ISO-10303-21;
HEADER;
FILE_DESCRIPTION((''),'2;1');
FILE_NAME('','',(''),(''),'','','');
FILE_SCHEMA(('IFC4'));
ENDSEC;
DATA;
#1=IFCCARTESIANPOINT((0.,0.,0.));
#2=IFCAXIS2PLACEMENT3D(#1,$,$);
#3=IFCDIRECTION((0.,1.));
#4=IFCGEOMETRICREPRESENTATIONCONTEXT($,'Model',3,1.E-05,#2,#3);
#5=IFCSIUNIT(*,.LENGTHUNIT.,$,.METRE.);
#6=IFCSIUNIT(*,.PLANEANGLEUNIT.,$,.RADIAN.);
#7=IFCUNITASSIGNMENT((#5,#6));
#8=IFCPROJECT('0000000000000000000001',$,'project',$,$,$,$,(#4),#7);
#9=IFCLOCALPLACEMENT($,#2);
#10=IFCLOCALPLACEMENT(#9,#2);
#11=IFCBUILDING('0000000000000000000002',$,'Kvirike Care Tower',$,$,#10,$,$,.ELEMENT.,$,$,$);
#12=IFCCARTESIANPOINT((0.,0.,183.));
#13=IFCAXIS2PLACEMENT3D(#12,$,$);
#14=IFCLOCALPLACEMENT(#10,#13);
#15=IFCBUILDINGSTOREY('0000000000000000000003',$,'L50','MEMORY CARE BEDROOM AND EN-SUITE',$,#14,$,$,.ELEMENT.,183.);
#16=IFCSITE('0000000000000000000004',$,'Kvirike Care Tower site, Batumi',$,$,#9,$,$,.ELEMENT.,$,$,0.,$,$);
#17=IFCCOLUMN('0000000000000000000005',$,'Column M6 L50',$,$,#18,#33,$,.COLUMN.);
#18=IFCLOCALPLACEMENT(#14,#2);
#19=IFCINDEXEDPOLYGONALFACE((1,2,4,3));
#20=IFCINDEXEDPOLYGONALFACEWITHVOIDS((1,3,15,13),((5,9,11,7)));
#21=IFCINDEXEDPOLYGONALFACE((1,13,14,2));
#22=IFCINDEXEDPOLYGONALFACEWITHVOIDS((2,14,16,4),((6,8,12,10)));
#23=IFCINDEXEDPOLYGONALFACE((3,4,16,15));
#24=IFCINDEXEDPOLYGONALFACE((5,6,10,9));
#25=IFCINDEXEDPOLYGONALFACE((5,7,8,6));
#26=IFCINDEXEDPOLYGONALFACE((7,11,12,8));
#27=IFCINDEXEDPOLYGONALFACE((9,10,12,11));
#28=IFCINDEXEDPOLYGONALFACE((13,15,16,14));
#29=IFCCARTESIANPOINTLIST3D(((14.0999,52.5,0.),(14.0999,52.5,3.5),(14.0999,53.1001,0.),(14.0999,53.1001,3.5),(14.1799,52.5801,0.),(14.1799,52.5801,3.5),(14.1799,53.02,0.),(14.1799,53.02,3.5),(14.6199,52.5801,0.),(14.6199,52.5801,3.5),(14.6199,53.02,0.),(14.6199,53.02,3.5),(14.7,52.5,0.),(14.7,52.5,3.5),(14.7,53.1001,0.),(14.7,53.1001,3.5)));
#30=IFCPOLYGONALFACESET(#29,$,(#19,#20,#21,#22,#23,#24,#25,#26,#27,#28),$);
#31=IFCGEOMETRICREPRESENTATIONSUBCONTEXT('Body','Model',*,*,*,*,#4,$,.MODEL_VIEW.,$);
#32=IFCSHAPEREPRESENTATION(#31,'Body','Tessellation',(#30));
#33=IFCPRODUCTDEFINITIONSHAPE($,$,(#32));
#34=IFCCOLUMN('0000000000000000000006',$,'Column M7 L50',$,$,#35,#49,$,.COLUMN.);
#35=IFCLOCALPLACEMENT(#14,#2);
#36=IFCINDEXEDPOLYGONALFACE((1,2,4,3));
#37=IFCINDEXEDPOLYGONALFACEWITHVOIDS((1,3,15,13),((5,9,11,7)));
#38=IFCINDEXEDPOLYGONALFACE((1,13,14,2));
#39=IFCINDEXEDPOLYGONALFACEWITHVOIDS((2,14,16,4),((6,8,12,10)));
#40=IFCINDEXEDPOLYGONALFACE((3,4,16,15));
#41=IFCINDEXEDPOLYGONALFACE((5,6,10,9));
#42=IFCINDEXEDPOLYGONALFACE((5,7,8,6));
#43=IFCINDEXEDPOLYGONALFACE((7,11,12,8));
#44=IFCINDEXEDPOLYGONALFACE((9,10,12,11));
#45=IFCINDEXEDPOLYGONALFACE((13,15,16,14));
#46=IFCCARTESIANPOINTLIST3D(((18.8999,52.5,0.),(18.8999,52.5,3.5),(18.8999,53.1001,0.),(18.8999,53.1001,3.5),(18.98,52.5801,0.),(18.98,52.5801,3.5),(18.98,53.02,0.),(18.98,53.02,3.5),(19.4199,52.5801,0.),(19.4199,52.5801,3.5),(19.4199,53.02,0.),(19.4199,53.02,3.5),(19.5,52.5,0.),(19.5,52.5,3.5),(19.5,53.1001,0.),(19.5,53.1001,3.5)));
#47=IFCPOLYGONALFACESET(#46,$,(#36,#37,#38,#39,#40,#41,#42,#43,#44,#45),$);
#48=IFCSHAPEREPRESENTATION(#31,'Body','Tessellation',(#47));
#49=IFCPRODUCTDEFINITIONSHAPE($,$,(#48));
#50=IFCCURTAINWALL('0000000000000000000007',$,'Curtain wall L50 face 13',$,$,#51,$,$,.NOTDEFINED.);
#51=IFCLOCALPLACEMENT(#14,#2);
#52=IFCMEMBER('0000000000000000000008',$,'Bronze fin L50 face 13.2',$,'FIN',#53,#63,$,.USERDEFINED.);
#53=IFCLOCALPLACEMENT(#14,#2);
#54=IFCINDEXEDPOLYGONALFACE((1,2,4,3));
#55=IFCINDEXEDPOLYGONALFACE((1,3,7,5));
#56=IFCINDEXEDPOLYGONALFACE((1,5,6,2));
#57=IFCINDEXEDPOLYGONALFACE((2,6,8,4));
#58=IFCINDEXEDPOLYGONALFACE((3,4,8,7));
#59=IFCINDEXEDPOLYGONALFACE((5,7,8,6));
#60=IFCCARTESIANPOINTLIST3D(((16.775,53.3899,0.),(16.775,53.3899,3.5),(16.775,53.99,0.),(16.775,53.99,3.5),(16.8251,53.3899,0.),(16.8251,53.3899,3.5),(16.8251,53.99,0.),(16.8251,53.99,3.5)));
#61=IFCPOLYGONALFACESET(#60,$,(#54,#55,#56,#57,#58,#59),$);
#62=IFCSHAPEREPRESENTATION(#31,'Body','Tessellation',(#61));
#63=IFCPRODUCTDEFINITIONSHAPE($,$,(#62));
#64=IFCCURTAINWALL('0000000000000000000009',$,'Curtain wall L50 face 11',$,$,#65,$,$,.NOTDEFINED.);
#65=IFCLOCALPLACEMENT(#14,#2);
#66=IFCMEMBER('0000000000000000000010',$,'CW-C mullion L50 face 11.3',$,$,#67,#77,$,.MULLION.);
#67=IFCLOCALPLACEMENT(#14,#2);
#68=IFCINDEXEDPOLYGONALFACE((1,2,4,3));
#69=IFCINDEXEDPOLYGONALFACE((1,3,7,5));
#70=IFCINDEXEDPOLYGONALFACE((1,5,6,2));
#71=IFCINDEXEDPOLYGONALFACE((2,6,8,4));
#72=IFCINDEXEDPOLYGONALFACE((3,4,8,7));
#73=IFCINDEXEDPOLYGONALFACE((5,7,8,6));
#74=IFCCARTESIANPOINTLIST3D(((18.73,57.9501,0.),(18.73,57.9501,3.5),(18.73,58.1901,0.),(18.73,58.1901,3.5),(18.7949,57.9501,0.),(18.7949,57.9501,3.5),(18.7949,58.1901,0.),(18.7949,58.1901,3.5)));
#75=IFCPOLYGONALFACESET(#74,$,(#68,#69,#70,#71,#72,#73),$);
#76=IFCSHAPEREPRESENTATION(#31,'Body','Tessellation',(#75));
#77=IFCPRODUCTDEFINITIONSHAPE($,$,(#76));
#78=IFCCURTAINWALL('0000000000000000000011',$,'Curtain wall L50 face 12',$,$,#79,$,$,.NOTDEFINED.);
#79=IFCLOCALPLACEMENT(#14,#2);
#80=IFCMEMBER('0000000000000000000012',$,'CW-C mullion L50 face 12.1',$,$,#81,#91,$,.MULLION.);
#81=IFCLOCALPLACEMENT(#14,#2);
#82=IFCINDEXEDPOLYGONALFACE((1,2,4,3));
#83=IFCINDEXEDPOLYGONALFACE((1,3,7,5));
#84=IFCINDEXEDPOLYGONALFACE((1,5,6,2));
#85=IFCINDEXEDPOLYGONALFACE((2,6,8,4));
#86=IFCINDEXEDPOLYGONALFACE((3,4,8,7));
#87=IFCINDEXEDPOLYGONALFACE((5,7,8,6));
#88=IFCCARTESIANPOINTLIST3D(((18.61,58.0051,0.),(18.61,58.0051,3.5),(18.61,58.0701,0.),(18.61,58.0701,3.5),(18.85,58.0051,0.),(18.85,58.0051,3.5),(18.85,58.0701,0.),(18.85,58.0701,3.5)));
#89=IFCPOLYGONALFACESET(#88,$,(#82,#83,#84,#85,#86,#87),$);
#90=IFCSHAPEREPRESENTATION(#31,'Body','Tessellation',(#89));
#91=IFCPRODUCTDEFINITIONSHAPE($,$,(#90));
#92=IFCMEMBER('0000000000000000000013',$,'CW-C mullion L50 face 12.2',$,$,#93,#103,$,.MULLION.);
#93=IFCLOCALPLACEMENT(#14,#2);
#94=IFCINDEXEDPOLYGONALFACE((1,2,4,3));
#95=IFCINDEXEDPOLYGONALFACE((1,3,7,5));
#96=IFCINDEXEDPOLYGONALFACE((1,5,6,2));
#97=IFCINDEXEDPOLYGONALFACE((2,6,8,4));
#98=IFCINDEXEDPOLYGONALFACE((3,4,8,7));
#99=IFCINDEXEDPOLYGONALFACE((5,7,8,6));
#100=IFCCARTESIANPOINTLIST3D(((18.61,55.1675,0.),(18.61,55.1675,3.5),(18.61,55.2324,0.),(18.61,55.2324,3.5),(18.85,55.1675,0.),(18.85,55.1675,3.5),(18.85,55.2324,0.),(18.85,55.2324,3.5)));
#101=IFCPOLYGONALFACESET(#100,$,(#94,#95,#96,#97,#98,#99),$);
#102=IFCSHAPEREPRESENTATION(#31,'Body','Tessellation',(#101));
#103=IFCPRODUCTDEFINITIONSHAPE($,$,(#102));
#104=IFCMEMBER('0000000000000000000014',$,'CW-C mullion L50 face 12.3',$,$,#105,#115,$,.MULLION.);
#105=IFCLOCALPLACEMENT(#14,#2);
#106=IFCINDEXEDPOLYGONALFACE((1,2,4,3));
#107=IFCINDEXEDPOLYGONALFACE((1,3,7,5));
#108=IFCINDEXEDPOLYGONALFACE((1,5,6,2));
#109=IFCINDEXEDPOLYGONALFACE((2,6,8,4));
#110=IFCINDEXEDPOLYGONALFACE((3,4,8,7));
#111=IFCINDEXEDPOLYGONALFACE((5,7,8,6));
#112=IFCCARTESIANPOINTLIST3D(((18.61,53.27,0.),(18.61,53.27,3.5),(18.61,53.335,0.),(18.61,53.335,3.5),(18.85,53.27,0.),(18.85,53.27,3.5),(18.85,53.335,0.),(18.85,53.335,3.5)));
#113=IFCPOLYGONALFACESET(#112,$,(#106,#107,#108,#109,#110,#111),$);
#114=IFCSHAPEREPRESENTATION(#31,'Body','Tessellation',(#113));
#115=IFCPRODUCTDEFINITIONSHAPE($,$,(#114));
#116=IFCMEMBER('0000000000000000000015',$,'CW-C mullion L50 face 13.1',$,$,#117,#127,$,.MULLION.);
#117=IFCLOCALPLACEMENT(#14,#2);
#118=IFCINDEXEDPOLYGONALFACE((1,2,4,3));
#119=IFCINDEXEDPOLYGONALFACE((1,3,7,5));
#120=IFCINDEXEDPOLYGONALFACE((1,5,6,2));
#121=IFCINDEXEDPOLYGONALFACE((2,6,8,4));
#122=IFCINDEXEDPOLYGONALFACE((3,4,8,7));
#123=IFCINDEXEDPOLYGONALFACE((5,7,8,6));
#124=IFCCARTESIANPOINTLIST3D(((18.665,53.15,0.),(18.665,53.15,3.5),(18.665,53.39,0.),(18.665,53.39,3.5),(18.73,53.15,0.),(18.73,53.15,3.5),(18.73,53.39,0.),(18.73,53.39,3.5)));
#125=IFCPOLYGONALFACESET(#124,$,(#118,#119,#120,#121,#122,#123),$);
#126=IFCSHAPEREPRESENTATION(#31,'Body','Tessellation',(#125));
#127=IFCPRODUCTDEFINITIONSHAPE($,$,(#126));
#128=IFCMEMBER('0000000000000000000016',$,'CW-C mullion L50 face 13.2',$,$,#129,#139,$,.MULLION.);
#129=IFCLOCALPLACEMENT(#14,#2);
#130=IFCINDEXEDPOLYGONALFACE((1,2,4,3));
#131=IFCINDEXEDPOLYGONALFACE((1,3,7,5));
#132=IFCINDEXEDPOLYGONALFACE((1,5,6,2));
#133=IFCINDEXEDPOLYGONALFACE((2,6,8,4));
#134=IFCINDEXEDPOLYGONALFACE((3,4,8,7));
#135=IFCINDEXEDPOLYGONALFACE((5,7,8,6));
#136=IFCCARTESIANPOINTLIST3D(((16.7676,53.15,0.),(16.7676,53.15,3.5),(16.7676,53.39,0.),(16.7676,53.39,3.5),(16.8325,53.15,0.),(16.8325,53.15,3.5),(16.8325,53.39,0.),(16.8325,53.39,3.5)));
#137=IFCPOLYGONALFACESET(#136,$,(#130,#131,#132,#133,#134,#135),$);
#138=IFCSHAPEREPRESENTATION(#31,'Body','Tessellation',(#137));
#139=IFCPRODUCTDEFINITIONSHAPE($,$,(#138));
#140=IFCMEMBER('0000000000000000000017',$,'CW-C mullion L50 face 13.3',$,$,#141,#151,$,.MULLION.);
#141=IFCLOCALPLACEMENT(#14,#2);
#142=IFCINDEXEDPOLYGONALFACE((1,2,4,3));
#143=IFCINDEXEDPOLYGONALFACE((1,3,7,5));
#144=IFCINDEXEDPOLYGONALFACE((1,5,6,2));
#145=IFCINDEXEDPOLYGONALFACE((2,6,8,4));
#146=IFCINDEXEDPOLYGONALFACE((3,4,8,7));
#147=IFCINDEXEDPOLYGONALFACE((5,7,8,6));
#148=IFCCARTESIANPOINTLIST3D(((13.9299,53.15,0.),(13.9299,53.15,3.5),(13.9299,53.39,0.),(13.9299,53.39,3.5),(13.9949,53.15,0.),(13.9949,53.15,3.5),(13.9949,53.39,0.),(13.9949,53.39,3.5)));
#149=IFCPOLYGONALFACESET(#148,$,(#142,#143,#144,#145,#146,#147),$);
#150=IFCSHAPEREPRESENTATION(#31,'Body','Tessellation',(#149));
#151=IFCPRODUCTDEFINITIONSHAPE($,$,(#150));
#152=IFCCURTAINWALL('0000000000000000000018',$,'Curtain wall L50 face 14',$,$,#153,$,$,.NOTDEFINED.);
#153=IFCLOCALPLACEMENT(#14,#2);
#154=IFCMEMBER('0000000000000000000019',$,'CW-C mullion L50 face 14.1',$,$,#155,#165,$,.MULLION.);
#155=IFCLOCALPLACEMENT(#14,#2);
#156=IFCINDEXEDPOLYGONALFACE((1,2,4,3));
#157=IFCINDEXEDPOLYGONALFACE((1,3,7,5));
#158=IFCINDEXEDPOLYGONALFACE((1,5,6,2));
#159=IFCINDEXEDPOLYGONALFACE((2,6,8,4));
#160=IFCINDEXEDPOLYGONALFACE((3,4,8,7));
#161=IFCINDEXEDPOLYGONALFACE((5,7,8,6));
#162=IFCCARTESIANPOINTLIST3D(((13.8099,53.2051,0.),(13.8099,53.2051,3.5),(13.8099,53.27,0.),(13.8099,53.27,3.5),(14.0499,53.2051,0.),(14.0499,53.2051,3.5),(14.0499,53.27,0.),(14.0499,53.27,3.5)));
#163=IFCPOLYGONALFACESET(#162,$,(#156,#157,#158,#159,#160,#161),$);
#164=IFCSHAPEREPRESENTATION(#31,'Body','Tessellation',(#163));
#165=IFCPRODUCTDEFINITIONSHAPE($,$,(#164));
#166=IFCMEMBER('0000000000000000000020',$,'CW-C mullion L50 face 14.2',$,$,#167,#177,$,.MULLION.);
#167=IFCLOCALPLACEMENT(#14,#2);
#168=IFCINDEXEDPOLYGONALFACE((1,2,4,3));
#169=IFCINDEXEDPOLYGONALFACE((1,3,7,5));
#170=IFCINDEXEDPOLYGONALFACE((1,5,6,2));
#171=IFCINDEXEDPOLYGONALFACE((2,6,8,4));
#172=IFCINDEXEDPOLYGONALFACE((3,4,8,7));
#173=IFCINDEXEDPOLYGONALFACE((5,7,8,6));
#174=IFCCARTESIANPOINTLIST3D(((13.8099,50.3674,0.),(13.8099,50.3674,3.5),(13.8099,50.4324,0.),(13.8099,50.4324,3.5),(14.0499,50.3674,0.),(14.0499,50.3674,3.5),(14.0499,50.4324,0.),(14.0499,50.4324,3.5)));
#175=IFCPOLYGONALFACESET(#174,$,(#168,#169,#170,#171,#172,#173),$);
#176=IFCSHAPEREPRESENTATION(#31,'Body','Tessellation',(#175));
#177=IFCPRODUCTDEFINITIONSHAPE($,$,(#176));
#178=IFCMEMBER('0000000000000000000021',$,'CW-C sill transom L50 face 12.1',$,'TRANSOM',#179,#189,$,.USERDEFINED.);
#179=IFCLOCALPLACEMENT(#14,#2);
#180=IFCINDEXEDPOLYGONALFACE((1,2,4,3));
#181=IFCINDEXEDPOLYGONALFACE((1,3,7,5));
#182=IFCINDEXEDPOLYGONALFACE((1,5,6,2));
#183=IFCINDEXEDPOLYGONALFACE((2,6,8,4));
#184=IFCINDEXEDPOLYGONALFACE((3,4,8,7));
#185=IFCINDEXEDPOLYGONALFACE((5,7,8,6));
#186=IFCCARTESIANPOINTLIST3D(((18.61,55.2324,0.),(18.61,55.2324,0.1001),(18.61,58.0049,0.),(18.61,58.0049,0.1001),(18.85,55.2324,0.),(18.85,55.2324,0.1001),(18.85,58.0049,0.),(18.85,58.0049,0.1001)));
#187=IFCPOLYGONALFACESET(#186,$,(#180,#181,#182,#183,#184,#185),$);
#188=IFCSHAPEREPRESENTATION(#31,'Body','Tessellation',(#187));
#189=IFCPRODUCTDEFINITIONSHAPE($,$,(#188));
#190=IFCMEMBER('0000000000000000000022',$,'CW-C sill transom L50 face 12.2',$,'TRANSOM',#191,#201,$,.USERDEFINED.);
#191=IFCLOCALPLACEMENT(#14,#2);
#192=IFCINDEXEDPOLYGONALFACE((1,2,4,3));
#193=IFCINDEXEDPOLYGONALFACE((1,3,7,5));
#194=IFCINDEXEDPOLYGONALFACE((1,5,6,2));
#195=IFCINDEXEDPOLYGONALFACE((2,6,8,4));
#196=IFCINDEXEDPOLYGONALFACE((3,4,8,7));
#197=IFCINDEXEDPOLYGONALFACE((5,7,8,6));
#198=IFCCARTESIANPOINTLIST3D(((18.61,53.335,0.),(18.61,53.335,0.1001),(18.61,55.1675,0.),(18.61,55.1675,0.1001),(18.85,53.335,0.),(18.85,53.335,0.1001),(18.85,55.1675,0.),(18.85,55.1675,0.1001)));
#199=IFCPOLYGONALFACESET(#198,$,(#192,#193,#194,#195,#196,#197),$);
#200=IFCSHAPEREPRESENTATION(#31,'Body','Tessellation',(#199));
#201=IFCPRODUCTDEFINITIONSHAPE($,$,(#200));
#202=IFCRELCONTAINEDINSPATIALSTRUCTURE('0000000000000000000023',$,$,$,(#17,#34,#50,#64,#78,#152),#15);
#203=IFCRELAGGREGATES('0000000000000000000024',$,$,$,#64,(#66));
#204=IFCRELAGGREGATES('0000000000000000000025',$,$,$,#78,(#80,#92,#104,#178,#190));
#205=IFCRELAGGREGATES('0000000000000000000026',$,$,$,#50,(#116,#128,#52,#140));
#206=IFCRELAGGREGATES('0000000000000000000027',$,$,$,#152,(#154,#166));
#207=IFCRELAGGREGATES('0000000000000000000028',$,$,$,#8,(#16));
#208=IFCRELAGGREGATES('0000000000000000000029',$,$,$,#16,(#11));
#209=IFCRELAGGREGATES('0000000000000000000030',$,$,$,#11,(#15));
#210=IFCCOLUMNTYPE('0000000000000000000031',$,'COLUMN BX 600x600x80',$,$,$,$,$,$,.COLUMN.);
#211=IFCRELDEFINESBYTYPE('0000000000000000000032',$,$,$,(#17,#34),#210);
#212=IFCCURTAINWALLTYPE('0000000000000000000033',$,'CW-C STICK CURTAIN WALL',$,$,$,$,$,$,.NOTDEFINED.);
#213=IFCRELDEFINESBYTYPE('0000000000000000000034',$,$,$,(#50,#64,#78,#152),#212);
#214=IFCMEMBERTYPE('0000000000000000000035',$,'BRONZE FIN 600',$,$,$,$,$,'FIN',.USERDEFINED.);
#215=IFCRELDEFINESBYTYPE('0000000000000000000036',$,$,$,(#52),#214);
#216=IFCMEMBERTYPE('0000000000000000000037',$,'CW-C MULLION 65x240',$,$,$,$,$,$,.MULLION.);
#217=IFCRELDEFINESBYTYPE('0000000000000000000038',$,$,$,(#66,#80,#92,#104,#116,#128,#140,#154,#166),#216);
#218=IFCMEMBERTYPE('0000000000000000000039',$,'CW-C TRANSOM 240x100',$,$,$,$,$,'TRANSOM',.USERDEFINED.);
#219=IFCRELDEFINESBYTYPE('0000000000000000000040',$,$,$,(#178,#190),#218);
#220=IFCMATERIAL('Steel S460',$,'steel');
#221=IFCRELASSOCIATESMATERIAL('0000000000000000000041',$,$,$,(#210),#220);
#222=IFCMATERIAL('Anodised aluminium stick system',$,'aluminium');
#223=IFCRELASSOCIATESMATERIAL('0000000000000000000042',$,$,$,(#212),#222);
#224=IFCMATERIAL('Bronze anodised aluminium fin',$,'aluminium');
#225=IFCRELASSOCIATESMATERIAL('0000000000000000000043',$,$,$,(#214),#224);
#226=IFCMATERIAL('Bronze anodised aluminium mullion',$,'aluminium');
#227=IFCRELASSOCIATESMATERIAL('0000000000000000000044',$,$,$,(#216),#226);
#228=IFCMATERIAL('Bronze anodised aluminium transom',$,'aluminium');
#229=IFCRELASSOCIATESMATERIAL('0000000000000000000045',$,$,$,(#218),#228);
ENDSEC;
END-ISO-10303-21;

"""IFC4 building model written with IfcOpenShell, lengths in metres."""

from ifc_helpers import new_model, si_unit, direction, frame, origin, origin_2d, place, context, subcontext, project, spatial, rectangle, hollow_rectangle, extrude, material, material_profile, profile_set, type_object, element, aggregate, save


model = new_model("IFC4")

# Units and contexts
model_context = context("Model", 3, precision=1e-05, world=origin(), true_north=direction((0.0, 1.0)))
body_context = subcontext(model_context, "Body", "Model", "MODEL_VIEW")
ifc_project = project(units=[si_unit("LENGTHUNIT", "METRE"), si_unit("PLANEANGLEUNIT", "RADIAN")], contexts=[model_context])

# Site, building, storey
site_placement = place(None, origin())
site = spatial("IfcSite", under=ifc_project, at=site_placement, Name="Kvirike Care Tower site, Batumi", CompositionType="ELEMENT", RefElevation=0.0)
building_placement = place(site_placement, origin())
building = spatial("IfcBuilding", under=site, at=building_placement, Name="Kvirike Care Tower", CompositionType="ELEMENT")
storey_placement = place(building_placement, frame((0.0, 0.0, 183.0)))
storey = spatial("IfcBuildingStorey", under=building, at=storey_placement, Name="L50", Description="MEMORY CARE BEDROOM AND EN-SUITE", CompositionType="ELEMENT", Elevation=183.0)

# Columns
ifc_material_1 = material(Name="Steel S460", Category="steel")
ifc_material_profile_1 = material_profile(ifc_material_1, hollow_rectangle(XDim=0.6001, YDim=0.6001, WallThickness=0.0801, at=origin_2d()), Name="BX 600x600x80")
ifc_profile_set_1 = profile_set([ifc_material_profile_1], Name="Steel S460")
column_type = type_object("IfcColumnType", Name="COLUMN BX 600x600x80", PredefinedType="COLUMN", material=ifc_profile_set_1)
for number, where, z_axis, x_axis, name in (
    (1, (14.3999, 52.8, 0.0), (0.0, 0.0, 1.0), (0.0, 1.0, 0.0), "Column M6 L50"),
    (2, (19.2, 52.8, 0.0), (0.0, 0.0, 1.0), (0.0, 1.0, 0.0), "Column M7 L50"),
):
    element("IfcColumn", number, at=place(storey_placement, frame(where, z_axis=z_axis, x_axis=x_axis)), inside=storey, type_object=column_type, Name=name, PredefinedType="COLUMN", context=body_context, shape_type="SweptSolid", body=[
        extrude(hollow_rectangle(XDim=0.6001, YDim=0.6001, WallThickness=0.0801, at=origin_2d()), origin(), (0.0, 0.0, 1.0), 3.5),
    ])

# Curtain walls, members
ifc_material_2 = material(Name="Anodised aluminium stick system", Category="aluminium")
curtain_wall_type = type_object("IfcCurtainWallType", Name="CW-C STICK CURTAIN WALL", PredefinedType="NOTDEFINED", material=ifc_material_2)
curtain_wall_1_placement = place(storey_placement, origin())
curtain_wall_1 = element("IfcCurtainWall", 3, at=curtain_wall_1_placement, inside=storey, type_object=curtain_wall_type, Name="Curtain wall L50 face 13", PredefinedType="NOTDEFINED")
ifc_material_3 = material(Name="Bronze anodised aluminium fin", Category="aluminium")
ifc_material_profile_2 = material_profile(ifc_material_3, rectangle(XDim=0.05, YDim=0.6001, at=origin_2d()), Name="BRONZE FIN 600")
ifc_profile_set_2 = profile_set([ifc_material_profile_2], Name="Bronze anodised aluminium fin")
member_type_1 = type_object("IfcMemberType", Name="BRONZE FIN 600", ElementType="FIN", PredefinedType="USERDEFINED", material=ifc_profile_set_2)
member_1_placement = place(storey_placement, frame((16.8, 53.6899, 0.0), z_axis=(0.0, 0.0, 1.0), x_axis=(-1.0, 0.0, 0.0)))
member_1 = element("IfcMember", 4, at=member_1_placement, type_object=member_type_1, Name="Bronze fin L50 face 13.2", ObjectType="FIN", PredefinedType="USERDEFINED", context=body_context, shape_type="SweptSolid", body=[
    extrude(rectangle(XDim=0.05, YDim=0.6001, at=origin_2d()), origin(), (0.0, 0.0, 1.0), 3.5),
])
curtain_wall_2_placement = place(storey_placement, origin())
curtain_wall_2 = element("IfcCurtainWall", 5, at=curtain_wall_2_placement, inside=storey, type_object=curtain_wall_type, Name="Curtain wall L50 face 11", PredefinedType="NOTDEFINED")
ifc_material_4 = material(Name="Bronze anodised aluminium mullion", Category="aluminium")
ifc_material_profile_3 = material_profile(ifc_material_4, rectangle(XDim=0.0649, YDim=0.24, at=origin_2d()), Name="CW-C MULLION 65x240")
ifc_profile_set_3 = profile_set([ifc_material_profile_3], Name="Bronze anodised aluminium mullion")
member_type_2 = type_object("IfcMemberType", Name="CW-C MULLION 65x240", PredefinedType="MULLION", material=ifc_profile_set_3)
member_2_placement = place(storey_placement, frame((18.7625, 58.0701, 0.0), z_axis=(0.0, 0.0, 1.0), x_axis=(-1.0, 0.0, 0.0)))
member_2 = element("IfcMember", 6, at=member_2_placement, type_object=member_type_2, Name="CW-C mullion L50 face 11.3", PredefinedType="MULLION", context=body_context, shape_type="SweptSolid", body=[
    extrude(rectangle(XDim=0.0649, YDim=0.24, at=origin_2d()), origin(), (0.0, 0.0, 1.0), 3.5),
])
aggregate(curtain_wall_2, [member_2])

# Curtain wall, members
curtain_wall_3_placement = place(storey_placement, origin())
curtain_wall_3 = element("IfcCurtainWall", 7, at=curtain_wall_3_placement, inside=storey, type_object=curtain_wall_type, Name="Curtain wall L50 face 12", PredefinedType="NOTDEFINED")
member_3_placement = place(storey_placement, frame((18.73, 58.0376, 0.0), z_axis=(0.0, 0.0, 1.0), x_axis=(0.0, -1.0, 0.0)))
member_3 = element("IfcMember", 8, at=member_3_placement, type_object=member_type_2, Name="CW-C mullion L50 face 12.1", PredefinedType="MULLION", context=body_context, shape_type="SweptSolid", body=[
    extrude(rectangle(XDim=0.0649, YDim=0.24, at=origin_2d()), origin(), (0.0, 0.0, 1.0), 3.5),
])
member_4_placement = place(storey_placement, frame((18.73, 55.2, 0.0), z_axis=(0.0, 0.0, 1.0), x_axis=(0.0, -1.0, 0.0)))
member_4 = element("IfcMember", 9, at=member_4_placement, type_object=member_type_2, Name="CW-C mullion L50 face 12.2", PredefinedType="MULLION", context=body_context, shape_type="SweptSolid", body=[
    extrude(rectangle(XDim=0.0649, YDim=0.24, at=origin_2d()), origin(), (0.0, 0.0, 1.0), 3.5),
])
member_5_placement = place(storey_placement, frame((18.73, 53.3025, 0.0), z_axis=(0.0, 0.0, 1.0), x_axis=(0.0, -1.0, 0.0)))
member_5 = element("IfcMember", 10, at=member_5_placement, type_object=member_type_2, Name="CW-C mullion L50 face 12.3", PredefinedType="MULLION", context=body_context, shape_type="SweptSolid", body=[
    extrude(rectangle(XDim=0.0649, YDim=0.24, at=origin_2d()), origin(), (0.0, 0.0, 1.0), 3.5),
])

# Members
member_6_placement = place(storey_placement, frame((18.6975, 53.27, 0.0), z_axis=(0.0, 0.0, 1.0), x_axis=(-1.0, 0.0, 0.0)))
member_6 = element("IfcMember", 11, at=member_6_placement, type_object=member_type_2, Name="CW-C mullion L50 face 13.1", PredefinedType="MULLION", context=body_context, shape_type="SweptSolid", body=[
    extrude(rectangle(XDim=0.0649, YDim=0.24, at=origin_2d()), origin(), (0.0, 0.0, 1.0), 3.5),
])
member_7_placement = place(storey_placement, frame((16.8, 53.27, 0.0), z_axis=(0.0, 0.0, 1.0), x_axis=(-1.0, 0.0, 0.0)))
member_7 = element("IfcMember", 12, at=member_7_placement, type_object=member_type_2, Name="CW-C mullion L50 face 13.2", PredefinedType="MULLION", context=body_context, shape_type="SweptSolid", body=[
    extrude(rectangle(XDim=0.0649, YDim=0.24, at=origin_2d()), origin(), (0.0, 0.0, 1.0), 3.5),
])
member_8_placement = place(storey_placement, frame((13.9624, 53.27, 0.0), z_axis=(0.0, 0.0, 1.0), x_axis=(-1.0, 0.0, 0.0)))
member_8 = element("IfcMember", 13, at=member_8_placement, type_object=member_type_2, Name="CW-C mullion L50 face 13.3", PredefinedType="MULLION", context=body_context, shape_type="SweptSolid", body=[
    extrude(rectangle(XDim=0.0649, YDim=0.24, at=origin_2d()), origin(), (0.0, 0.0, 1.0), 3.5),
])

# Curtain wall, members
curtain_wall_4_placement = place(storey_placement, origin())
curtain_wall_4 = element("IfcCurtainWall", 14, at=curtain_wall_4_placement, inside=storey, type_object=curtain_wall_type, Name="Curtain wall L50 face 14", PredefinedType="NOTDEFINED")
member_9_placement = place(storey_placement, frame((13.9299, 53.2375, 0.0), z_axis=(0.0, 0.0, 1.0), x_axis=(0.0, -1.0, 0.0)))
member_9 = element("IfcMember", 15, at=member_9_placement, type_object=member_type_2, Name="CW-C mullion L50 face 14.1", PredefinedType="MULLION", context=body_context, shape_type="SweptSolid", body=[
    extrude(rectangle(XDim=0.0649, YDim=0.24, at=origin_2d()), origin(), (0.0, 0.0, 1.0), 3.5),
])
member_10_placement = place(storey_placement, frame((13.9299, 50.3999, 0.0), z_axis=(0.0, 0.0, 1.0), x_axis=(0.0, -1.0, 0.0)))
member_10 = element("IfcMember", 16, at=member_10_placement, type_object=member_type_2, Name="CW-C mullion L50 face 14.2", PredefinedType="MULLION", context=body_context, shape_type="SweptSolid", body=[
    extrude(rectangle(XDim=0.0649, YDim=0.24, at=origin_2d()), origin(), (0.0, 0.0, 1.0), 3.5),
])

# Members
ifc_material_5 = material(Name="Bronze anodised aluminium transom", Category="aluminium")
ifc_material_profile_4 = material_profile(ifc_material_5, rectangle(XDim=0.24, YDim=0.1001, at=origin_2d()), Name="CW-C TRANSOM 240x100")
ifc_profile_set_4 = profile_set([ifc_material_profile_4], Name="Bronze anodised aluminium transom")
member_type_3 = type_object("IfcMemberType", Name="CW-C TRANSOM 240x100", ElementType="TRANSOM", PredefinedType="USERDEFINED", material=ifc_profile_set_4)
member_11_placement = place(storey_placement, frame((18.73, 58.0049, 0.05), z_axis=(0.0, -1.0, 0.0), x_axis=(1.0, 0.0, 0.0)))
member_11 = element("IfcMember", 17, at=member_11_placement, type_object=member_type_3, Name="CW-C sill transom L50 face 12.1", ObjectType="TRANSOM", PredefinedType="USERDEFINED", context=body_context, shape_type="SweptSolid", body=[
    extrude(rectangle(XDim=0.24, YDim=0.1001, at=origin_2d()), origin(), (0.0, 0.0, 1.0), 2.7725),
])
member_12_placement = place(storey_placement, frame((18.73, 55.1675, 0.05), z_axis=(0.0, -1.0, 0.0), x_axis=(1.0, 0.0, 0.0)))
member_12 = element("IfcMember", 18, at=member_12_placement, type_object=member_type_3, Name="CW-C sill transom L50 face 12.2", ObjectType="TRANSOM", PredefinedType="USERDEFINED", context=body_context, shape_type="SweptSolid", body=[
    extrude(rectangle(XDim=0.24, YDim=0.1001, at=origin_2d()), origin(), (0.0, 0.0, 1.0), 1.8325),
])

aggregate(curtain_wall_3, [member_3, member_4, member_5, member_11, member_12])
aggregate(curtain_wall_1, [member_6, member_7, member_1, member_8])
aggregate(curtain_wall_4, [member_9, member_10])

save(model, "model.ifc")
